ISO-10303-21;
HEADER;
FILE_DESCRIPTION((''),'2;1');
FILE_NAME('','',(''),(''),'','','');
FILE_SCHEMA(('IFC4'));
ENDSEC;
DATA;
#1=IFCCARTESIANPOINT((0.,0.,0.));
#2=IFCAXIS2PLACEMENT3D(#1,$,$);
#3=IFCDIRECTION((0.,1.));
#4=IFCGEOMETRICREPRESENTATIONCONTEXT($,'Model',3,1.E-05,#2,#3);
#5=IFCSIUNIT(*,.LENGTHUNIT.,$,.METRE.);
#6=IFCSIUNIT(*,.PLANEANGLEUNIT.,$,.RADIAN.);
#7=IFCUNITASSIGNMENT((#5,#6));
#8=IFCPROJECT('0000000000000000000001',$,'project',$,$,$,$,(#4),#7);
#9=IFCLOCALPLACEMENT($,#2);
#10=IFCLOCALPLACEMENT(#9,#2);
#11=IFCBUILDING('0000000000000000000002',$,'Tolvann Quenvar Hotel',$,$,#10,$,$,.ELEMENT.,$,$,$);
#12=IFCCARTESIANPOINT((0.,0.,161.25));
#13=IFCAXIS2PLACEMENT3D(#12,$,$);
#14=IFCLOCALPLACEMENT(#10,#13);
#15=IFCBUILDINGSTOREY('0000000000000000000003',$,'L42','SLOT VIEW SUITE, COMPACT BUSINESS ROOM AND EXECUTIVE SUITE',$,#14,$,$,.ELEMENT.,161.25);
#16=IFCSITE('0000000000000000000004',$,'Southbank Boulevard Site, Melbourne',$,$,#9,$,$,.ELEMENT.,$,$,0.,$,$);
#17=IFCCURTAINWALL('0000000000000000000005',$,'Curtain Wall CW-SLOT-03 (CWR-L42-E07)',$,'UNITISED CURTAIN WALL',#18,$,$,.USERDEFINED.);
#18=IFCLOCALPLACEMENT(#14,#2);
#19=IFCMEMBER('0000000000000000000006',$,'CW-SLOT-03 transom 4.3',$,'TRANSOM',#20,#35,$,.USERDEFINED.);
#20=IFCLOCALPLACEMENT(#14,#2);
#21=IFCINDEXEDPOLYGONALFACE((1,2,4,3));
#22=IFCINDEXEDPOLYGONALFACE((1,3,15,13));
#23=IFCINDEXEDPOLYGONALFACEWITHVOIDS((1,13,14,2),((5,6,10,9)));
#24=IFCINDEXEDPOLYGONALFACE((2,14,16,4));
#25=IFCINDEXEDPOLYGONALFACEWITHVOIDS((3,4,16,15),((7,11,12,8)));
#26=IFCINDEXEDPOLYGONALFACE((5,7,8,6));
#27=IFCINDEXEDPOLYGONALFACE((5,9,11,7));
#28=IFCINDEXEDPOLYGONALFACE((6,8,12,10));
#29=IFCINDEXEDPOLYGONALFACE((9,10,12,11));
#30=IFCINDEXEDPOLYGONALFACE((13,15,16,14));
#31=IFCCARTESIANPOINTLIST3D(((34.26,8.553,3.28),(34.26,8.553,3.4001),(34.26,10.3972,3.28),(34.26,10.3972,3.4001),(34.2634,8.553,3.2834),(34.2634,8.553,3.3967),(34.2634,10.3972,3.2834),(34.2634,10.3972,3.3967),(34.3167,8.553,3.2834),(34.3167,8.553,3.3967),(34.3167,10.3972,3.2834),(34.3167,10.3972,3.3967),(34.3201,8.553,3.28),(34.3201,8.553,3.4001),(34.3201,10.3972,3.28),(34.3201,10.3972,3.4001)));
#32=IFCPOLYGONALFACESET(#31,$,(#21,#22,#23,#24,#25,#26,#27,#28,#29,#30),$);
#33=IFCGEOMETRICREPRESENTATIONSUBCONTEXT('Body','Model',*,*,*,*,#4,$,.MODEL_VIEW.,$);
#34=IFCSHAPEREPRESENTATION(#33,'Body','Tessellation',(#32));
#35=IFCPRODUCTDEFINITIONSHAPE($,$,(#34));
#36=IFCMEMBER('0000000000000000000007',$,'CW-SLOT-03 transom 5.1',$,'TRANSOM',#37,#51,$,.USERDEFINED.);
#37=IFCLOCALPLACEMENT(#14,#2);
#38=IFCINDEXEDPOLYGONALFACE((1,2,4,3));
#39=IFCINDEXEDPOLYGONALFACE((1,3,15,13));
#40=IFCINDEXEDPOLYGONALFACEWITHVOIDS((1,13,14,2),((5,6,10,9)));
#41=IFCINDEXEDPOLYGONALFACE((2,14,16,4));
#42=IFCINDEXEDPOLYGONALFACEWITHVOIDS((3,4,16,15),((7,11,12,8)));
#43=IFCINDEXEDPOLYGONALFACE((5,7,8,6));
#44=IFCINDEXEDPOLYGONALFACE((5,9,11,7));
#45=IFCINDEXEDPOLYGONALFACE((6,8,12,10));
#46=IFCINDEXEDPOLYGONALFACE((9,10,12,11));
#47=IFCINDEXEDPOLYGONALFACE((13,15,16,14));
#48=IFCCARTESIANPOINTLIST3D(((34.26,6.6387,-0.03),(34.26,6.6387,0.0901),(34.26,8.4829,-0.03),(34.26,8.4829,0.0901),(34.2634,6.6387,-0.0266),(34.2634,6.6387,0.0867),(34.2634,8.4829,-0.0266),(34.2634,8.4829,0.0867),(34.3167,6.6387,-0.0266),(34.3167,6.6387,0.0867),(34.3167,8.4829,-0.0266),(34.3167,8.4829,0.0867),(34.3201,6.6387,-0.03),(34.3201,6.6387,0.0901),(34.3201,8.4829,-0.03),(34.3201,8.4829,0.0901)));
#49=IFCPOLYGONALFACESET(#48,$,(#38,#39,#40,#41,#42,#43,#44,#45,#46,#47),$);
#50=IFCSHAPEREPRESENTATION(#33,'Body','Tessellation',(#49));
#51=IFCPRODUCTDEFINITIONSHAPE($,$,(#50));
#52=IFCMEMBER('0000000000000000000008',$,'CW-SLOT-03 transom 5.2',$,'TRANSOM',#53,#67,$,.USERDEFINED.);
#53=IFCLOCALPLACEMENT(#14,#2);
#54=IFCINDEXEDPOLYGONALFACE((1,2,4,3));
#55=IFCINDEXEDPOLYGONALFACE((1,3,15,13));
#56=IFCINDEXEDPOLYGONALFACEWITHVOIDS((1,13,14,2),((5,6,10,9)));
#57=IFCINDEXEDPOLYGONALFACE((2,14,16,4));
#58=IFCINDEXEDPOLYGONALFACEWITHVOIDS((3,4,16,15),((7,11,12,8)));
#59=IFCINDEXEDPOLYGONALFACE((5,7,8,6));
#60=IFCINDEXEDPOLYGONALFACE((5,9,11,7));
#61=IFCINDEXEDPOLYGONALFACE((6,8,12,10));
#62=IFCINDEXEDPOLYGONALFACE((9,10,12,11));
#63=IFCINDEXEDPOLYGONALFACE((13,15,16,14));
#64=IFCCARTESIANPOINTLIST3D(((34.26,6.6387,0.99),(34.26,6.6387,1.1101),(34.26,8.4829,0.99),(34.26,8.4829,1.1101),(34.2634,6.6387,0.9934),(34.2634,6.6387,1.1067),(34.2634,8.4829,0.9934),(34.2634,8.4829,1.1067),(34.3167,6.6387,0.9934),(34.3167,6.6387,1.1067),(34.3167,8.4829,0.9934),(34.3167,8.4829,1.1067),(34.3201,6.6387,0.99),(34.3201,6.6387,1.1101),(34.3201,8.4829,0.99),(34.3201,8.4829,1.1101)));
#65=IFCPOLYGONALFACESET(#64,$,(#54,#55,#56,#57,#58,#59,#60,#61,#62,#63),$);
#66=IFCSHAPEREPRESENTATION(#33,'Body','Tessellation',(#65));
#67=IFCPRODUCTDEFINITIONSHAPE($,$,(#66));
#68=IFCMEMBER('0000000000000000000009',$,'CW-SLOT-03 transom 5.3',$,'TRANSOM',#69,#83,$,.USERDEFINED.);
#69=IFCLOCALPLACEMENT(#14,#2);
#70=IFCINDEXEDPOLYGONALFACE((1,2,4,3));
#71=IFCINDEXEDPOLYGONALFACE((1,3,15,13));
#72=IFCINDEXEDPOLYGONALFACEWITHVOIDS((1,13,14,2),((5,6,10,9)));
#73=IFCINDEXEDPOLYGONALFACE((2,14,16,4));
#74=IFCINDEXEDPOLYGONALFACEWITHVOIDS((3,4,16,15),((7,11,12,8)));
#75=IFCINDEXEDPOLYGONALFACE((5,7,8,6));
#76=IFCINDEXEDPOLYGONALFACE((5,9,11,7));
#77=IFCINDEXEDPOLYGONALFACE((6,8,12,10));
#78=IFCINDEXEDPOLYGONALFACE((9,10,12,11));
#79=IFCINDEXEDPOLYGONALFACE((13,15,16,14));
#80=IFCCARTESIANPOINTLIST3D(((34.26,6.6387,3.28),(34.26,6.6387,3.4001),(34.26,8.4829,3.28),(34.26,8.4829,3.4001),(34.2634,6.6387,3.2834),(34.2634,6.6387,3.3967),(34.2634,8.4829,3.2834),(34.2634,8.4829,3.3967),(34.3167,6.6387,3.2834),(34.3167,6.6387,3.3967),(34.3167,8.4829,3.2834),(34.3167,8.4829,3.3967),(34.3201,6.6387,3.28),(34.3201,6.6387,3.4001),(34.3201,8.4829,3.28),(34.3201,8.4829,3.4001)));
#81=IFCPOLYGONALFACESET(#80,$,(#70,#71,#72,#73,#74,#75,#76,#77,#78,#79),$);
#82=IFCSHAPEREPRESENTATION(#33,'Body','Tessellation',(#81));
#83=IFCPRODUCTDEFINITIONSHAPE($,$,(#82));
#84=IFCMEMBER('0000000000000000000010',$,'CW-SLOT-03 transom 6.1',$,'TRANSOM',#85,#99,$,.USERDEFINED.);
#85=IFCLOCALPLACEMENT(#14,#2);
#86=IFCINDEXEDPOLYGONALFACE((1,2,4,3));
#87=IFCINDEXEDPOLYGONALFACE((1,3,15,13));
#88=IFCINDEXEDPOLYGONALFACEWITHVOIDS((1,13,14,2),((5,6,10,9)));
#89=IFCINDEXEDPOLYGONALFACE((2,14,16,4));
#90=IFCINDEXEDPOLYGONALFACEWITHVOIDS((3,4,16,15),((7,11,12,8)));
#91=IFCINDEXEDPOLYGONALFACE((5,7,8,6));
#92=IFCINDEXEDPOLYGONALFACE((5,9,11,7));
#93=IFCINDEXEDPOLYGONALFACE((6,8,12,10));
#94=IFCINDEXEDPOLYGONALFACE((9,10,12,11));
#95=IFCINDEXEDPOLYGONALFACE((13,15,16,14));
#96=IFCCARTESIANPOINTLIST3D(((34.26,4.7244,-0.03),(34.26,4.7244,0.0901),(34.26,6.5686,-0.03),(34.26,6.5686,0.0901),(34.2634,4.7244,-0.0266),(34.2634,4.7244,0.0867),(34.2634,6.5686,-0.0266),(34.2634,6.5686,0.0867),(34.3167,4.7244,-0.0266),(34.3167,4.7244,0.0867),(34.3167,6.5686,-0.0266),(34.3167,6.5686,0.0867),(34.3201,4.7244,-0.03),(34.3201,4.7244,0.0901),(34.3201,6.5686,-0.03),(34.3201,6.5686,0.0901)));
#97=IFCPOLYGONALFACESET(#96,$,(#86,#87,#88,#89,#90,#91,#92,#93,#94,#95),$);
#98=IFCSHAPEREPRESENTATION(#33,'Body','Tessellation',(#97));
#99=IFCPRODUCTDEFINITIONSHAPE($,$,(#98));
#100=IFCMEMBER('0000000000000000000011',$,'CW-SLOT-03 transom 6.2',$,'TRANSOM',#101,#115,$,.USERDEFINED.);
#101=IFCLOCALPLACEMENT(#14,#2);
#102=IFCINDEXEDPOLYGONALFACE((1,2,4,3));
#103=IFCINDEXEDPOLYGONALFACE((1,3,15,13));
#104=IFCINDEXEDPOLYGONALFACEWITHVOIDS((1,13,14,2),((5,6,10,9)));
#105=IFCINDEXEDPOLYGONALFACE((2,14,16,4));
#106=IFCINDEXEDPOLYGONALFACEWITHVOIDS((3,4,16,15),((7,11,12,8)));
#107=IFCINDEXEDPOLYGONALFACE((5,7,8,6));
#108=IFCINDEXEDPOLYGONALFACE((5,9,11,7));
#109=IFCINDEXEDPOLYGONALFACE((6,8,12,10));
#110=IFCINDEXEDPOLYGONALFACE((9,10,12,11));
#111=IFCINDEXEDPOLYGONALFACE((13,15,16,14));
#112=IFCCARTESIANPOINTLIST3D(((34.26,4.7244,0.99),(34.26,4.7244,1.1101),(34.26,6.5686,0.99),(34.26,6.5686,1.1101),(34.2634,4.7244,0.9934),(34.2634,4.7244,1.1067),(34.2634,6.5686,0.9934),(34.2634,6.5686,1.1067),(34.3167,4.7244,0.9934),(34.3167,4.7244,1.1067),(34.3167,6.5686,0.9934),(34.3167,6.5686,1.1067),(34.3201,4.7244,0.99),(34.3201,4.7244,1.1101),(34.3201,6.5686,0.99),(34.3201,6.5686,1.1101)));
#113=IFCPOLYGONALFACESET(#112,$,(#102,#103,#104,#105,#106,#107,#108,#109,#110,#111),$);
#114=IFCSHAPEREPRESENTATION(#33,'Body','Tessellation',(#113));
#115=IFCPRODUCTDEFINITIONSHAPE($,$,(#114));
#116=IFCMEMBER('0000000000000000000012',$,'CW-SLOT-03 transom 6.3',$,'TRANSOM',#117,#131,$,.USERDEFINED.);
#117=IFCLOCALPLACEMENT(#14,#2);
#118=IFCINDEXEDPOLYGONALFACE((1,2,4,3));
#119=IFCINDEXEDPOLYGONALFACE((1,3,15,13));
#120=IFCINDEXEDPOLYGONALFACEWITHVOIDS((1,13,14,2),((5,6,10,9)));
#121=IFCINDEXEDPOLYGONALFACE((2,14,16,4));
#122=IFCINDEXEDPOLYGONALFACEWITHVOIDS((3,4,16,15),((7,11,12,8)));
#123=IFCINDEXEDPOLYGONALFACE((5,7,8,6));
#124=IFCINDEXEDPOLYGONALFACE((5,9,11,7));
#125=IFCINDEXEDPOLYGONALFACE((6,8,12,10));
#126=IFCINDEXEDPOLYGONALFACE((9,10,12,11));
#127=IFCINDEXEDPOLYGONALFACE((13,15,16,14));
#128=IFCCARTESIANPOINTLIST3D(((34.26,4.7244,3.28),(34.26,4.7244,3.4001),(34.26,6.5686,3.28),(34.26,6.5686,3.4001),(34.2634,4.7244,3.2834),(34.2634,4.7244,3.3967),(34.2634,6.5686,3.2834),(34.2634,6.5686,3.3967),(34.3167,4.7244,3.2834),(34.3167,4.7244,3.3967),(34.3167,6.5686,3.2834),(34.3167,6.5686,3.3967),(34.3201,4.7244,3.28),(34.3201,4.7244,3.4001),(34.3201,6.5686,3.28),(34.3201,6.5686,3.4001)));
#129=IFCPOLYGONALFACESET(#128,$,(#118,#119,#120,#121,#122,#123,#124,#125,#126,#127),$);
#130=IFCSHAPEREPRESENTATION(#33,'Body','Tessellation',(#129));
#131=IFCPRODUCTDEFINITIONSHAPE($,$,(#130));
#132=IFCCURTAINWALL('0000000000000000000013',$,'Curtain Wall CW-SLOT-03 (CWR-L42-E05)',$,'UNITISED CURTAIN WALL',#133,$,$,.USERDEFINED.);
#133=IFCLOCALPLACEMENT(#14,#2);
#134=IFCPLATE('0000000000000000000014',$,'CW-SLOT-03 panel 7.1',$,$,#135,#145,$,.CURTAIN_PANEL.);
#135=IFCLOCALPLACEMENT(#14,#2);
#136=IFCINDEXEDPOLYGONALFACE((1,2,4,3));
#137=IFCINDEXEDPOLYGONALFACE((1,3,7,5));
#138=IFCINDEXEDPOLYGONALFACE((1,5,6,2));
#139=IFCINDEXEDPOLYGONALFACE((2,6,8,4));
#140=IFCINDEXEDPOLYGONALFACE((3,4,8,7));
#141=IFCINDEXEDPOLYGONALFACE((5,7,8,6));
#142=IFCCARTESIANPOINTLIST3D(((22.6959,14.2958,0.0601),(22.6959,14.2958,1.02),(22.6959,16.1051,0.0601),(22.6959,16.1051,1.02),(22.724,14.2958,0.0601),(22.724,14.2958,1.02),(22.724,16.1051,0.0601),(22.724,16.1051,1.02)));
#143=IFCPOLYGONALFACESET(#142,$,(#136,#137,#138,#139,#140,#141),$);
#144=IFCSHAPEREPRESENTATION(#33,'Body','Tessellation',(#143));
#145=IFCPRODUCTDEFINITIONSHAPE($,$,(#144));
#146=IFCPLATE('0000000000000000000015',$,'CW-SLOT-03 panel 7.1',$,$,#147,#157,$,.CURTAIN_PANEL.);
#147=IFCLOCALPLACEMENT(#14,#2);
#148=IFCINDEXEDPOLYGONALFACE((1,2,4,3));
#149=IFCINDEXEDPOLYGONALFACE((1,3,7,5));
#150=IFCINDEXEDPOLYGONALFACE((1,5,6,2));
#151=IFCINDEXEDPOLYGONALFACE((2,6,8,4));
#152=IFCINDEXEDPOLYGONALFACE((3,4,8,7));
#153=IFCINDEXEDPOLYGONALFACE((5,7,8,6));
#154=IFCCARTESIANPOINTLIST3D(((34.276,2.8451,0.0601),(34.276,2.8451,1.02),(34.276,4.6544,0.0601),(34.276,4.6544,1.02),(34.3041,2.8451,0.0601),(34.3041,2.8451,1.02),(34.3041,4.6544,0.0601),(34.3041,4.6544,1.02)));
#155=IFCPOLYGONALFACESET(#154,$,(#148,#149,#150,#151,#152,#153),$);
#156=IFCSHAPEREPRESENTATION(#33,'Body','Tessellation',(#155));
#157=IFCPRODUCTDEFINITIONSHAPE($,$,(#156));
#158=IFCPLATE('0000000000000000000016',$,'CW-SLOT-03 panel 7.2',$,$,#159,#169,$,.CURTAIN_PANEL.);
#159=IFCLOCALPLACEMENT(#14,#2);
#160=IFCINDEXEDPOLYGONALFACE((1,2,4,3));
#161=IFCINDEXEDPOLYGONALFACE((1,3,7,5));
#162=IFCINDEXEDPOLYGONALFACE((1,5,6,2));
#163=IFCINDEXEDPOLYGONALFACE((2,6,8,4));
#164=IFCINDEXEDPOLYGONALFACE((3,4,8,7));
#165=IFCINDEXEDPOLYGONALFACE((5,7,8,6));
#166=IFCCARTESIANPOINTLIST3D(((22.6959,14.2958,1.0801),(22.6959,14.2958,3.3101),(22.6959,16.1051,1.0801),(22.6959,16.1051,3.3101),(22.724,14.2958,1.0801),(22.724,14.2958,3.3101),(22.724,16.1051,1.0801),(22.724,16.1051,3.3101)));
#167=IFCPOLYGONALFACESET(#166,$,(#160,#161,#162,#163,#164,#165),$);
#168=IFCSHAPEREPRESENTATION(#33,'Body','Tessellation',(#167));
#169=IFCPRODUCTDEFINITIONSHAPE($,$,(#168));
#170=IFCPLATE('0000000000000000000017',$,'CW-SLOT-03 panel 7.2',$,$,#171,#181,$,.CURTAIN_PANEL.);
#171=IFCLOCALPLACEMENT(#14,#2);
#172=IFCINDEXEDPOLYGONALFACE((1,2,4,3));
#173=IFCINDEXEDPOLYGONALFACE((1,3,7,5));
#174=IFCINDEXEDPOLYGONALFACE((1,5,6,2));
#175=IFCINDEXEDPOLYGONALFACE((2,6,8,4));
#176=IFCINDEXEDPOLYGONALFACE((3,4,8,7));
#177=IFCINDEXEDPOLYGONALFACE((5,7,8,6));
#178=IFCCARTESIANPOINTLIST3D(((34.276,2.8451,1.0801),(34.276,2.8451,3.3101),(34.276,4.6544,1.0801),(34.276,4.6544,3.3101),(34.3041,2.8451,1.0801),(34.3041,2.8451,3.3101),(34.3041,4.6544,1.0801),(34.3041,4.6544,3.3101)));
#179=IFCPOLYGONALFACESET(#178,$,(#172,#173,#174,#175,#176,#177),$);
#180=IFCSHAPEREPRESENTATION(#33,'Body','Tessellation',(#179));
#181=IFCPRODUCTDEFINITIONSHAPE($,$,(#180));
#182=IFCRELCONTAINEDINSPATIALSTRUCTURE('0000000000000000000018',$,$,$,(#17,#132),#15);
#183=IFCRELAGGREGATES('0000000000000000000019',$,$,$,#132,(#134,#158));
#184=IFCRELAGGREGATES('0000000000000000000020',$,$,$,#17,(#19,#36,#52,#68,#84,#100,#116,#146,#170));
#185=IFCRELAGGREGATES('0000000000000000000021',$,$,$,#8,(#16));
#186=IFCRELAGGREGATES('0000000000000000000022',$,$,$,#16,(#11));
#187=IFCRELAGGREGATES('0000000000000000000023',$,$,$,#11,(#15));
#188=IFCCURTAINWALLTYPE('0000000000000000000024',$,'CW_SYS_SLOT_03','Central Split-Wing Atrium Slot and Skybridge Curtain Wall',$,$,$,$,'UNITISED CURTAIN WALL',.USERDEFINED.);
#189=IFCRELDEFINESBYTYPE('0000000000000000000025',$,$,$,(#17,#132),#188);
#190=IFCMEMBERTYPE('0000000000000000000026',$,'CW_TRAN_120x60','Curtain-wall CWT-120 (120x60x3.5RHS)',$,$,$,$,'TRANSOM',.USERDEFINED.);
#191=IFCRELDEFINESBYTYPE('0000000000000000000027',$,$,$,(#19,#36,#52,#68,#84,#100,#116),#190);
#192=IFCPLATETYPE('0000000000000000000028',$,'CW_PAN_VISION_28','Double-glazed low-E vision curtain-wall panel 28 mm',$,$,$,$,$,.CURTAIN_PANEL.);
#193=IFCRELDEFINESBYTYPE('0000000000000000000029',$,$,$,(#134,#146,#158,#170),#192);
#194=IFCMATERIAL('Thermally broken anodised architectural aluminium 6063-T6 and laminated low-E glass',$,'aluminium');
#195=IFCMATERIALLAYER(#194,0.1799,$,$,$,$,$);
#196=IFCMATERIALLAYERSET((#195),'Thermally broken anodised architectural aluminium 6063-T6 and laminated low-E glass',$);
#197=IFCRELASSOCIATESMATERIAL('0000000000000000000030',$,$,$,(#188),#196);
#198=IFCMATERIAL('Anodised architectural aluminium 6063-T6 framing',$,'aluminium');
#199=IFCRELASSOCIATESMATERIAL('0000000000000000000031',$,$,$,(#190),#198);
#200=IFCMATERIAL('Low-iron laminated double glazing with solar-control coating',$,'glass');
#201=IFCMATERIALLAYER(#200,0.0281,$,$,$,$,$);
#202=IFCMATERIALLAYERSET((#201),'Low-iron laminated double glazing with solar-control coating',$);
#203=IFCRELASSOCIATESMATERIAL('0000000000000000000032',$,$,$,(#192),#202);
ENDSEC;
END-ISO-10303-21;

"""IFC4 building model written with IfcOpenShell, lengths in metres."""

from ifc_helpers import new_model, si_unit, direction, frame, origin, origin_2d, place, context, subcontext, project, spatial, rectangle, hollow_rectangle, extrude, source, transform, mapped, material, layer, layer_set, material_profile, profile_set, type_object, element, aggregate, save


model = new_model("IFC4")

# Units and contexts
model_context = context("Model", 3, precision=1e-05, world=origin(), true_north=direction((0.0, 1.0)))
body_context = subcontext(model_context, "Body", "Model", "MODEL_VIEW")
ifc_project = project(units=[si_unit("LENGTHUNIT", "METRE"), si_unit("PLANEANGLEUNIT", "RADIAN")], contexts=[model_context])

# Site, building, storey
site_placement = place(None, origin())
site = spatial("IfcSite", under=ifc_project, at=site_placement, Name="Southbank Boulevard Site, Melbourne", CompositionType="ELEMENT", RefElevation=0.0)
building_placement = place(site_placement, origin())
building = spatial("IfcBuilding", under=site, at=building_placement, Name="Tolvann Quenvar Hotel", CompositionType="ELEMENT")
storey_placement = place(building_placement, frame((0.0, 0.0, 161.25)))
storey = spatial("IfcBuildingStorey", under=building, at=storey_placement, Name="L42", Description="SLOT VIEW SUITE, COMPACT BUSINESS ROOM AND EXECUTIVE SUITE", CompositionType="ELEMENT", Elevation=161.25)

# Curtain wall, members
ifc_material_1 = material(Name="Thermally broken anodised architectural aluminium 6063-T6 and laminated low-E glass", Category="aluminium")
ifc_layer_1 = layer(ifc_material_1, 0.1799)
ifc_layer_set_1 = layer_set([ifc_layer_1], Name="Thermally broken anodised architectural aluminium 6063-T6 and laminated low-E glass")
curtain_wall_type = type_object("IfcCurtainWallType", Name="CW_SYS_SLOT_03", Description="Central Split-Wing Atrium Slot and Skybridge Curtain Wall", ElementType="UNITISED CURTAIN WALL", PredefinedType="USERDEFINED", material=ifc_layer_set_1)
curtain_wall_1_placement = place(storey_placement, origin())
curtain_wall_1 = element("IfcCurtainWall", 1, at=curtain_wall_1_placement, inside=storey, type_object=curtain_wall_type, Name="Curtain Wall CW-SLOT-03 (CWR-L42-E07)", ObjectType="UNITISED CURTAIN WALL", PredefinedType="USERDEFINED")
ifc_material_2 = material(Name="Anodised architectural aluminium 6063-T6 framing", Category="aluminium")
ifc_material_profile_1 = material_profile(ifc_material_2, hollow_rectangle(XDim=0.0601, YDim=0.1201, WallThickness=0.0034, at=origin_2d()), Name="120x60x3.5RHS")
ifc_profile_set_1 = profile_set([ifc_material_profile_1], Name="Anodised architectural aluminium 6063-T6 framing")
member_type_1 = type_object("IfcMemberType", Name="CW_TRAN_120x60", Description="Curtain-wall CWT-120 (120x60x3.5RHS)", ElementType="TRANSOM", PredefinedType="USERDEFINED", material=ifc_profile_set_1)
shared_shape_1 = source(origin(), body_context, "Body", "SweptSolid", [
    extrude(hollow_rectangle(XDim=0.0601, YDim=0.1201, WallThickness=0.0034, at=origin_2d()), origin(), (0.0, 0.0, 1.0), 1.8442),
])
member_1_placement = place(storey_placement, frame((34.29, 10.3972, 3.3401), z_axis=(0.0, -1.0, 0.0), x_axis=(1.0, 0.0, 0.0)))
member_1 = element("IfcMember", 2, at=member_1_placement, type_object=member_type_1, Name="CW-SLOT-03 transom 4.3", ObjectType="TRANSOM", PredefinedType="USERDEFINED", context=body_context, shape_type="MappedRepresentation", body=[
    mapped(shared_shape_1, transform((0.0, 0.0, 0.0), x_axis=(1.0, 0.0, 0.0), y_axis=(0.0, 1.0, 0.0), z_axis=(0.0, 0.0, 1.0), scale=1.0)),
])
member_2_placement = place(storey_placement, frame((34.29, 8.4829, 0.03), z_axis=(0.0, -1.0, 0.0), x_axis=(1.0, 0.0, 0.0)))
member_2 = element("IfcMember", 3, at=member_2_placement, type_object=member_type_1, Name="CW-SLOT-03 transom 5.1", ObjectType="TRANSOM", PredefinedType="USERDEFINED", context=body_context, shape_type="MappedRepresentation", body=[
    mapped(shared_shape_1, transform((0.0, 0.0, 0.0), x_axis=(1.0, 0.0, 0.0), y_axis=(0.0, 1.0, 0.0), z_axis=(0.0, 0.0, 1.0), scale=1.0)),
])
member_3_placement = place(storey_placement, frame((34.29, 8.4829, 1.05), z_axis=(0.0, -1.0, 0.0), x_axis=(1.0, 0.0, 0.0)))
member_3 = element("IfcMember", 4, at=member_3_placement, type_object=member_type_1, Name="CW-SLOT-03 transom 5.2", ObjectType="TRANSOM", PredefinedType="USERDEFINED", context=body_context, shape_type="MappedRepresentation", body=[
    mapped(shared_shape_1, transform((0.0, 0.0, 0.0), x_axis=(1.0, 0.0, 0.0), y_axis=(0.0, 1.0, 0.0), z_axis=(0.0, 0.0, 1.0), scale=1.0)),
])
member_4_placement = place(storey_placement, frame((34.29, 8.4829, 3.3401), z_axis=(0.0, -1.0, 0.0), x_axis=(1.0, 0.0, 0.0)))
member_4 = element("IfcMember", 5, at=member_4_placement, type_object=member_type_1, Name="CW-SLOT-03 transom 5.3", ObjectType="TRANSOM", PredefinedType="USERDEFINED", context=body_context, shape_type="MappedRepresentation", body=[
    mapped(shared_shape_1, transform((0.0, 0.0, 0.0), x_axis=(1.0, 0.0, 0.0), y_axis=(0.0, 1.0, 0.0), z_axis=(0.0, 0.0, 1.0), scale=1.0)),
])
member_5_placement = place(storey_placement, frame((34.29, 6.5686, 0.03), z_axis=(0.0, -1.0, 0.0), x_axis=(1.0, 0.0, 0.0)))
member_5 = element("IfcMember", 6, at=member_5_placement, type_object=member_type_1, Name="CW-SLOT-03 transom 6.1", ObjectType="TRANSOM", PredefinedType="USERDEFINED", context=body_context, shape_type="MappedRepresentation", body=[
    mapped(shared_shape_1, transform((0.0, 0.0, 0.0), x_axis=(1.0, 0.0, 0.0), y_axis=(0.0, 1.0, 0.0), z_axis=(0.0, 0.0, 1.0), scale=1.0)),
])
member_6_placement = place(storey_placement, frame((34.29, 6.5686, 1.05), z_axis=(0.0, -1.0, 0.0), x_axis=(1.0, 0.0, 0.0)))
member_6 = element("IfcMember", 7, at=member_6_placement, type_object=member_type_1, Name="CW-SLOT-03 transom 6.2", ObjectType="TRANSOM", PredefinedType="USERDEFINED", context=body_context, shape_type="MappedRepresentation", body=[
    mapped(shared_shape_1, transform((0.0, 0.0, 0.0), x_axis=(1.0, 0.0, 0.0), y_axis=(0.0, 1.0, 0.0), z_axis=(0.0, 0.0, 1.0), scale=1.0)),
])
member_7_placement = place(storey_placement, frame((34.29, 6.5686, 3.3401), z_axis=(0.0, -1.0, 0.0), x_axis=(1.0, 0.0, 0.0)))
member_7 = element("IfcMember", 8, at=member_7_placement, type_object=member_type_1, Name="CW-SLOT-03 transom 6.3", ObjectType="TRANSOM", PredefinedType="USERDEFINED", context=body_context, shape_type="MappedRepresentation", body=[
    mapped(shared_shape_1, transform((0.0, 0.0, 0.0), x_axis=(1.0, 0.0, 0.0), y_axis=(0.0, 1.0, 0.0), z_axis=(0.0, 0.0, 1.0), scale=1.0)),
])

# Curtain wall, plate
curtain_wall_2_placement = place(storey_placement, origin())
curtain_wall_2 = element("IfcCurtainWall", 9, at=curtain_wall_2_placement, inside=storey, type_object=curtain_wall_type, Name="Curtain Wall CW-SLOT-03 (CWR-L42-E05)", ObjectType="UNITISED CURTAIN WALL", PredefinedType="USERDEFINED")
ifc_material_3 = material(Name="Low-iron laminated double glazing with solar-control coating", Category="glass")
ifc_layer_2 = layer(ifc_material_3, 0.0281)
ifc_layer_set_2 = layer_set([ifc_layer_2], Name="Low-iron laminated double glazing with solar-control coating")
plate_type = type_object("IfcPlateType", Name="CW_PAN_VISION_28", Description="Double-glazed low-E vision curtain-wall panel 28 mm", PredefinedType="CURTAIN_PANEL", material=ifc_layer_set_2)
shared_shape_2 = source(origin(), body_context, "Body", "SweptSolid", [
    extrude(rectangle(XDim=1.8093, YDim=0.0281, at=origin_2d()), origin(), (0.0, 0.0, 1.0), 0.96),
])
plate_1_placement = place(storey_placement, frame((22.71, 15.2004, 0.0601), z_axis=(0.0, 0.0, 1.0), x_axis=(0.0, 1.0, 0.0)))
plate_1 = element("IfcPlate", 10, at=plate_1_placement, type_object=plate_type, Name="CW-SLOT-03 panel 7.1", PredefinedType="CURTAIN_PANEL", context=body_context, shape_type="MappedRepresentation", body=[
    mapped(shared_shape_2, transform((0.0, 0.0, 0.0), x_axis=(1.0, 0.0, 0.0), y_axis=(0.0, 1.0, 0.0), z_axis=(0.0, 0.0, 1.0), scale=1.0)),
])

# Plates
plate_2_placement = place(storey_placement, frame((34.29, 3.7498, 0.0601), z_axis=(0.0, 0.0, 1.0), x_axis=(0.0, -1.0, 0.0)))
plate_2 = element("IfcPlate", 11, at=plate_2_placement, type_object=plate_type, Name="CW-SLOT-03 panel 7.1", PredefinedType="CURTAIN_PANEL", context=body_context, shape_type="MappedRepresentation", body=[
    mapped(shared_shape_2, transform((0.0, 0.0, 0.0), x_axis=(1.0, 0.0, 0.0), y_axis=(0.0, 1.0, 0.0), z_axis=(0.0, 0.0, 1.0), scale=1.0)),
])
shared_shape_3 = source(origin(), body_context, "Body", "SweptSolid", [
    extrude(rectangle(XDim=1.8093, YDim=0.0281, at=origin_2d()), origin(), (0.0, 0.0, 1.0), 2.23),
])
plate_3_placement = place(storey_placement, frame((22.71, 15.2004, 1.0801), z_axis=(0.0, 0.0, 1.0), x_axis=(0.0, 1.0, 0.0)))
plate_3 = element("IfcPlate", 12, at=plate_3_placement, type_object=plate_type, Name="CW-SLOT-03 panel 7.2", PredefinedType="CURTAIN_PANEL", context=body_context, shape_type="MappedRepresentation", body=[
    mapped(shared_shape_3, transform((0.0, 0.0, 0.0), x_axis=(1.0, 0.0, 0.0), y_axis=(0.0, 1.0, 0.0), z_axis=(0.0, 0.0, 1.0), scale=1.0)),
])
aggregate(curtain_wall_2, [plate_1, plate_3])
plate_4_placement = place(storey_placement, frame((34.29, 3.7498, 1.0801), z_axis=(0.0, 0.0, 1.0), x_axis=(0.0, -1.0, 0.0)))
plate_4 = element("IfcPlate", 13, at=plate_4_placement, type_object=plate_type, Name="CW-SLOT-03 panel 7.2", PredefinedType="CURTAIN_PANEL", context=body_context, shape_type="MappedRepresentation", body=[
    mapped(shared_shape_3, transform((0.0, 0.0, 0.0), x_axis=(1.0, 0.0, 0.0), y_axis=(0.0, 1.0, 0.0), z_axis=(0.0, 0.0, 1.0), scale=1.0)),
])
aggregate(curtain_wall_1, [member_1, member_2, member_3, member_4, member_5, member_6, member_7, plate_2, plate_4])

save(model, "model.ifc")
